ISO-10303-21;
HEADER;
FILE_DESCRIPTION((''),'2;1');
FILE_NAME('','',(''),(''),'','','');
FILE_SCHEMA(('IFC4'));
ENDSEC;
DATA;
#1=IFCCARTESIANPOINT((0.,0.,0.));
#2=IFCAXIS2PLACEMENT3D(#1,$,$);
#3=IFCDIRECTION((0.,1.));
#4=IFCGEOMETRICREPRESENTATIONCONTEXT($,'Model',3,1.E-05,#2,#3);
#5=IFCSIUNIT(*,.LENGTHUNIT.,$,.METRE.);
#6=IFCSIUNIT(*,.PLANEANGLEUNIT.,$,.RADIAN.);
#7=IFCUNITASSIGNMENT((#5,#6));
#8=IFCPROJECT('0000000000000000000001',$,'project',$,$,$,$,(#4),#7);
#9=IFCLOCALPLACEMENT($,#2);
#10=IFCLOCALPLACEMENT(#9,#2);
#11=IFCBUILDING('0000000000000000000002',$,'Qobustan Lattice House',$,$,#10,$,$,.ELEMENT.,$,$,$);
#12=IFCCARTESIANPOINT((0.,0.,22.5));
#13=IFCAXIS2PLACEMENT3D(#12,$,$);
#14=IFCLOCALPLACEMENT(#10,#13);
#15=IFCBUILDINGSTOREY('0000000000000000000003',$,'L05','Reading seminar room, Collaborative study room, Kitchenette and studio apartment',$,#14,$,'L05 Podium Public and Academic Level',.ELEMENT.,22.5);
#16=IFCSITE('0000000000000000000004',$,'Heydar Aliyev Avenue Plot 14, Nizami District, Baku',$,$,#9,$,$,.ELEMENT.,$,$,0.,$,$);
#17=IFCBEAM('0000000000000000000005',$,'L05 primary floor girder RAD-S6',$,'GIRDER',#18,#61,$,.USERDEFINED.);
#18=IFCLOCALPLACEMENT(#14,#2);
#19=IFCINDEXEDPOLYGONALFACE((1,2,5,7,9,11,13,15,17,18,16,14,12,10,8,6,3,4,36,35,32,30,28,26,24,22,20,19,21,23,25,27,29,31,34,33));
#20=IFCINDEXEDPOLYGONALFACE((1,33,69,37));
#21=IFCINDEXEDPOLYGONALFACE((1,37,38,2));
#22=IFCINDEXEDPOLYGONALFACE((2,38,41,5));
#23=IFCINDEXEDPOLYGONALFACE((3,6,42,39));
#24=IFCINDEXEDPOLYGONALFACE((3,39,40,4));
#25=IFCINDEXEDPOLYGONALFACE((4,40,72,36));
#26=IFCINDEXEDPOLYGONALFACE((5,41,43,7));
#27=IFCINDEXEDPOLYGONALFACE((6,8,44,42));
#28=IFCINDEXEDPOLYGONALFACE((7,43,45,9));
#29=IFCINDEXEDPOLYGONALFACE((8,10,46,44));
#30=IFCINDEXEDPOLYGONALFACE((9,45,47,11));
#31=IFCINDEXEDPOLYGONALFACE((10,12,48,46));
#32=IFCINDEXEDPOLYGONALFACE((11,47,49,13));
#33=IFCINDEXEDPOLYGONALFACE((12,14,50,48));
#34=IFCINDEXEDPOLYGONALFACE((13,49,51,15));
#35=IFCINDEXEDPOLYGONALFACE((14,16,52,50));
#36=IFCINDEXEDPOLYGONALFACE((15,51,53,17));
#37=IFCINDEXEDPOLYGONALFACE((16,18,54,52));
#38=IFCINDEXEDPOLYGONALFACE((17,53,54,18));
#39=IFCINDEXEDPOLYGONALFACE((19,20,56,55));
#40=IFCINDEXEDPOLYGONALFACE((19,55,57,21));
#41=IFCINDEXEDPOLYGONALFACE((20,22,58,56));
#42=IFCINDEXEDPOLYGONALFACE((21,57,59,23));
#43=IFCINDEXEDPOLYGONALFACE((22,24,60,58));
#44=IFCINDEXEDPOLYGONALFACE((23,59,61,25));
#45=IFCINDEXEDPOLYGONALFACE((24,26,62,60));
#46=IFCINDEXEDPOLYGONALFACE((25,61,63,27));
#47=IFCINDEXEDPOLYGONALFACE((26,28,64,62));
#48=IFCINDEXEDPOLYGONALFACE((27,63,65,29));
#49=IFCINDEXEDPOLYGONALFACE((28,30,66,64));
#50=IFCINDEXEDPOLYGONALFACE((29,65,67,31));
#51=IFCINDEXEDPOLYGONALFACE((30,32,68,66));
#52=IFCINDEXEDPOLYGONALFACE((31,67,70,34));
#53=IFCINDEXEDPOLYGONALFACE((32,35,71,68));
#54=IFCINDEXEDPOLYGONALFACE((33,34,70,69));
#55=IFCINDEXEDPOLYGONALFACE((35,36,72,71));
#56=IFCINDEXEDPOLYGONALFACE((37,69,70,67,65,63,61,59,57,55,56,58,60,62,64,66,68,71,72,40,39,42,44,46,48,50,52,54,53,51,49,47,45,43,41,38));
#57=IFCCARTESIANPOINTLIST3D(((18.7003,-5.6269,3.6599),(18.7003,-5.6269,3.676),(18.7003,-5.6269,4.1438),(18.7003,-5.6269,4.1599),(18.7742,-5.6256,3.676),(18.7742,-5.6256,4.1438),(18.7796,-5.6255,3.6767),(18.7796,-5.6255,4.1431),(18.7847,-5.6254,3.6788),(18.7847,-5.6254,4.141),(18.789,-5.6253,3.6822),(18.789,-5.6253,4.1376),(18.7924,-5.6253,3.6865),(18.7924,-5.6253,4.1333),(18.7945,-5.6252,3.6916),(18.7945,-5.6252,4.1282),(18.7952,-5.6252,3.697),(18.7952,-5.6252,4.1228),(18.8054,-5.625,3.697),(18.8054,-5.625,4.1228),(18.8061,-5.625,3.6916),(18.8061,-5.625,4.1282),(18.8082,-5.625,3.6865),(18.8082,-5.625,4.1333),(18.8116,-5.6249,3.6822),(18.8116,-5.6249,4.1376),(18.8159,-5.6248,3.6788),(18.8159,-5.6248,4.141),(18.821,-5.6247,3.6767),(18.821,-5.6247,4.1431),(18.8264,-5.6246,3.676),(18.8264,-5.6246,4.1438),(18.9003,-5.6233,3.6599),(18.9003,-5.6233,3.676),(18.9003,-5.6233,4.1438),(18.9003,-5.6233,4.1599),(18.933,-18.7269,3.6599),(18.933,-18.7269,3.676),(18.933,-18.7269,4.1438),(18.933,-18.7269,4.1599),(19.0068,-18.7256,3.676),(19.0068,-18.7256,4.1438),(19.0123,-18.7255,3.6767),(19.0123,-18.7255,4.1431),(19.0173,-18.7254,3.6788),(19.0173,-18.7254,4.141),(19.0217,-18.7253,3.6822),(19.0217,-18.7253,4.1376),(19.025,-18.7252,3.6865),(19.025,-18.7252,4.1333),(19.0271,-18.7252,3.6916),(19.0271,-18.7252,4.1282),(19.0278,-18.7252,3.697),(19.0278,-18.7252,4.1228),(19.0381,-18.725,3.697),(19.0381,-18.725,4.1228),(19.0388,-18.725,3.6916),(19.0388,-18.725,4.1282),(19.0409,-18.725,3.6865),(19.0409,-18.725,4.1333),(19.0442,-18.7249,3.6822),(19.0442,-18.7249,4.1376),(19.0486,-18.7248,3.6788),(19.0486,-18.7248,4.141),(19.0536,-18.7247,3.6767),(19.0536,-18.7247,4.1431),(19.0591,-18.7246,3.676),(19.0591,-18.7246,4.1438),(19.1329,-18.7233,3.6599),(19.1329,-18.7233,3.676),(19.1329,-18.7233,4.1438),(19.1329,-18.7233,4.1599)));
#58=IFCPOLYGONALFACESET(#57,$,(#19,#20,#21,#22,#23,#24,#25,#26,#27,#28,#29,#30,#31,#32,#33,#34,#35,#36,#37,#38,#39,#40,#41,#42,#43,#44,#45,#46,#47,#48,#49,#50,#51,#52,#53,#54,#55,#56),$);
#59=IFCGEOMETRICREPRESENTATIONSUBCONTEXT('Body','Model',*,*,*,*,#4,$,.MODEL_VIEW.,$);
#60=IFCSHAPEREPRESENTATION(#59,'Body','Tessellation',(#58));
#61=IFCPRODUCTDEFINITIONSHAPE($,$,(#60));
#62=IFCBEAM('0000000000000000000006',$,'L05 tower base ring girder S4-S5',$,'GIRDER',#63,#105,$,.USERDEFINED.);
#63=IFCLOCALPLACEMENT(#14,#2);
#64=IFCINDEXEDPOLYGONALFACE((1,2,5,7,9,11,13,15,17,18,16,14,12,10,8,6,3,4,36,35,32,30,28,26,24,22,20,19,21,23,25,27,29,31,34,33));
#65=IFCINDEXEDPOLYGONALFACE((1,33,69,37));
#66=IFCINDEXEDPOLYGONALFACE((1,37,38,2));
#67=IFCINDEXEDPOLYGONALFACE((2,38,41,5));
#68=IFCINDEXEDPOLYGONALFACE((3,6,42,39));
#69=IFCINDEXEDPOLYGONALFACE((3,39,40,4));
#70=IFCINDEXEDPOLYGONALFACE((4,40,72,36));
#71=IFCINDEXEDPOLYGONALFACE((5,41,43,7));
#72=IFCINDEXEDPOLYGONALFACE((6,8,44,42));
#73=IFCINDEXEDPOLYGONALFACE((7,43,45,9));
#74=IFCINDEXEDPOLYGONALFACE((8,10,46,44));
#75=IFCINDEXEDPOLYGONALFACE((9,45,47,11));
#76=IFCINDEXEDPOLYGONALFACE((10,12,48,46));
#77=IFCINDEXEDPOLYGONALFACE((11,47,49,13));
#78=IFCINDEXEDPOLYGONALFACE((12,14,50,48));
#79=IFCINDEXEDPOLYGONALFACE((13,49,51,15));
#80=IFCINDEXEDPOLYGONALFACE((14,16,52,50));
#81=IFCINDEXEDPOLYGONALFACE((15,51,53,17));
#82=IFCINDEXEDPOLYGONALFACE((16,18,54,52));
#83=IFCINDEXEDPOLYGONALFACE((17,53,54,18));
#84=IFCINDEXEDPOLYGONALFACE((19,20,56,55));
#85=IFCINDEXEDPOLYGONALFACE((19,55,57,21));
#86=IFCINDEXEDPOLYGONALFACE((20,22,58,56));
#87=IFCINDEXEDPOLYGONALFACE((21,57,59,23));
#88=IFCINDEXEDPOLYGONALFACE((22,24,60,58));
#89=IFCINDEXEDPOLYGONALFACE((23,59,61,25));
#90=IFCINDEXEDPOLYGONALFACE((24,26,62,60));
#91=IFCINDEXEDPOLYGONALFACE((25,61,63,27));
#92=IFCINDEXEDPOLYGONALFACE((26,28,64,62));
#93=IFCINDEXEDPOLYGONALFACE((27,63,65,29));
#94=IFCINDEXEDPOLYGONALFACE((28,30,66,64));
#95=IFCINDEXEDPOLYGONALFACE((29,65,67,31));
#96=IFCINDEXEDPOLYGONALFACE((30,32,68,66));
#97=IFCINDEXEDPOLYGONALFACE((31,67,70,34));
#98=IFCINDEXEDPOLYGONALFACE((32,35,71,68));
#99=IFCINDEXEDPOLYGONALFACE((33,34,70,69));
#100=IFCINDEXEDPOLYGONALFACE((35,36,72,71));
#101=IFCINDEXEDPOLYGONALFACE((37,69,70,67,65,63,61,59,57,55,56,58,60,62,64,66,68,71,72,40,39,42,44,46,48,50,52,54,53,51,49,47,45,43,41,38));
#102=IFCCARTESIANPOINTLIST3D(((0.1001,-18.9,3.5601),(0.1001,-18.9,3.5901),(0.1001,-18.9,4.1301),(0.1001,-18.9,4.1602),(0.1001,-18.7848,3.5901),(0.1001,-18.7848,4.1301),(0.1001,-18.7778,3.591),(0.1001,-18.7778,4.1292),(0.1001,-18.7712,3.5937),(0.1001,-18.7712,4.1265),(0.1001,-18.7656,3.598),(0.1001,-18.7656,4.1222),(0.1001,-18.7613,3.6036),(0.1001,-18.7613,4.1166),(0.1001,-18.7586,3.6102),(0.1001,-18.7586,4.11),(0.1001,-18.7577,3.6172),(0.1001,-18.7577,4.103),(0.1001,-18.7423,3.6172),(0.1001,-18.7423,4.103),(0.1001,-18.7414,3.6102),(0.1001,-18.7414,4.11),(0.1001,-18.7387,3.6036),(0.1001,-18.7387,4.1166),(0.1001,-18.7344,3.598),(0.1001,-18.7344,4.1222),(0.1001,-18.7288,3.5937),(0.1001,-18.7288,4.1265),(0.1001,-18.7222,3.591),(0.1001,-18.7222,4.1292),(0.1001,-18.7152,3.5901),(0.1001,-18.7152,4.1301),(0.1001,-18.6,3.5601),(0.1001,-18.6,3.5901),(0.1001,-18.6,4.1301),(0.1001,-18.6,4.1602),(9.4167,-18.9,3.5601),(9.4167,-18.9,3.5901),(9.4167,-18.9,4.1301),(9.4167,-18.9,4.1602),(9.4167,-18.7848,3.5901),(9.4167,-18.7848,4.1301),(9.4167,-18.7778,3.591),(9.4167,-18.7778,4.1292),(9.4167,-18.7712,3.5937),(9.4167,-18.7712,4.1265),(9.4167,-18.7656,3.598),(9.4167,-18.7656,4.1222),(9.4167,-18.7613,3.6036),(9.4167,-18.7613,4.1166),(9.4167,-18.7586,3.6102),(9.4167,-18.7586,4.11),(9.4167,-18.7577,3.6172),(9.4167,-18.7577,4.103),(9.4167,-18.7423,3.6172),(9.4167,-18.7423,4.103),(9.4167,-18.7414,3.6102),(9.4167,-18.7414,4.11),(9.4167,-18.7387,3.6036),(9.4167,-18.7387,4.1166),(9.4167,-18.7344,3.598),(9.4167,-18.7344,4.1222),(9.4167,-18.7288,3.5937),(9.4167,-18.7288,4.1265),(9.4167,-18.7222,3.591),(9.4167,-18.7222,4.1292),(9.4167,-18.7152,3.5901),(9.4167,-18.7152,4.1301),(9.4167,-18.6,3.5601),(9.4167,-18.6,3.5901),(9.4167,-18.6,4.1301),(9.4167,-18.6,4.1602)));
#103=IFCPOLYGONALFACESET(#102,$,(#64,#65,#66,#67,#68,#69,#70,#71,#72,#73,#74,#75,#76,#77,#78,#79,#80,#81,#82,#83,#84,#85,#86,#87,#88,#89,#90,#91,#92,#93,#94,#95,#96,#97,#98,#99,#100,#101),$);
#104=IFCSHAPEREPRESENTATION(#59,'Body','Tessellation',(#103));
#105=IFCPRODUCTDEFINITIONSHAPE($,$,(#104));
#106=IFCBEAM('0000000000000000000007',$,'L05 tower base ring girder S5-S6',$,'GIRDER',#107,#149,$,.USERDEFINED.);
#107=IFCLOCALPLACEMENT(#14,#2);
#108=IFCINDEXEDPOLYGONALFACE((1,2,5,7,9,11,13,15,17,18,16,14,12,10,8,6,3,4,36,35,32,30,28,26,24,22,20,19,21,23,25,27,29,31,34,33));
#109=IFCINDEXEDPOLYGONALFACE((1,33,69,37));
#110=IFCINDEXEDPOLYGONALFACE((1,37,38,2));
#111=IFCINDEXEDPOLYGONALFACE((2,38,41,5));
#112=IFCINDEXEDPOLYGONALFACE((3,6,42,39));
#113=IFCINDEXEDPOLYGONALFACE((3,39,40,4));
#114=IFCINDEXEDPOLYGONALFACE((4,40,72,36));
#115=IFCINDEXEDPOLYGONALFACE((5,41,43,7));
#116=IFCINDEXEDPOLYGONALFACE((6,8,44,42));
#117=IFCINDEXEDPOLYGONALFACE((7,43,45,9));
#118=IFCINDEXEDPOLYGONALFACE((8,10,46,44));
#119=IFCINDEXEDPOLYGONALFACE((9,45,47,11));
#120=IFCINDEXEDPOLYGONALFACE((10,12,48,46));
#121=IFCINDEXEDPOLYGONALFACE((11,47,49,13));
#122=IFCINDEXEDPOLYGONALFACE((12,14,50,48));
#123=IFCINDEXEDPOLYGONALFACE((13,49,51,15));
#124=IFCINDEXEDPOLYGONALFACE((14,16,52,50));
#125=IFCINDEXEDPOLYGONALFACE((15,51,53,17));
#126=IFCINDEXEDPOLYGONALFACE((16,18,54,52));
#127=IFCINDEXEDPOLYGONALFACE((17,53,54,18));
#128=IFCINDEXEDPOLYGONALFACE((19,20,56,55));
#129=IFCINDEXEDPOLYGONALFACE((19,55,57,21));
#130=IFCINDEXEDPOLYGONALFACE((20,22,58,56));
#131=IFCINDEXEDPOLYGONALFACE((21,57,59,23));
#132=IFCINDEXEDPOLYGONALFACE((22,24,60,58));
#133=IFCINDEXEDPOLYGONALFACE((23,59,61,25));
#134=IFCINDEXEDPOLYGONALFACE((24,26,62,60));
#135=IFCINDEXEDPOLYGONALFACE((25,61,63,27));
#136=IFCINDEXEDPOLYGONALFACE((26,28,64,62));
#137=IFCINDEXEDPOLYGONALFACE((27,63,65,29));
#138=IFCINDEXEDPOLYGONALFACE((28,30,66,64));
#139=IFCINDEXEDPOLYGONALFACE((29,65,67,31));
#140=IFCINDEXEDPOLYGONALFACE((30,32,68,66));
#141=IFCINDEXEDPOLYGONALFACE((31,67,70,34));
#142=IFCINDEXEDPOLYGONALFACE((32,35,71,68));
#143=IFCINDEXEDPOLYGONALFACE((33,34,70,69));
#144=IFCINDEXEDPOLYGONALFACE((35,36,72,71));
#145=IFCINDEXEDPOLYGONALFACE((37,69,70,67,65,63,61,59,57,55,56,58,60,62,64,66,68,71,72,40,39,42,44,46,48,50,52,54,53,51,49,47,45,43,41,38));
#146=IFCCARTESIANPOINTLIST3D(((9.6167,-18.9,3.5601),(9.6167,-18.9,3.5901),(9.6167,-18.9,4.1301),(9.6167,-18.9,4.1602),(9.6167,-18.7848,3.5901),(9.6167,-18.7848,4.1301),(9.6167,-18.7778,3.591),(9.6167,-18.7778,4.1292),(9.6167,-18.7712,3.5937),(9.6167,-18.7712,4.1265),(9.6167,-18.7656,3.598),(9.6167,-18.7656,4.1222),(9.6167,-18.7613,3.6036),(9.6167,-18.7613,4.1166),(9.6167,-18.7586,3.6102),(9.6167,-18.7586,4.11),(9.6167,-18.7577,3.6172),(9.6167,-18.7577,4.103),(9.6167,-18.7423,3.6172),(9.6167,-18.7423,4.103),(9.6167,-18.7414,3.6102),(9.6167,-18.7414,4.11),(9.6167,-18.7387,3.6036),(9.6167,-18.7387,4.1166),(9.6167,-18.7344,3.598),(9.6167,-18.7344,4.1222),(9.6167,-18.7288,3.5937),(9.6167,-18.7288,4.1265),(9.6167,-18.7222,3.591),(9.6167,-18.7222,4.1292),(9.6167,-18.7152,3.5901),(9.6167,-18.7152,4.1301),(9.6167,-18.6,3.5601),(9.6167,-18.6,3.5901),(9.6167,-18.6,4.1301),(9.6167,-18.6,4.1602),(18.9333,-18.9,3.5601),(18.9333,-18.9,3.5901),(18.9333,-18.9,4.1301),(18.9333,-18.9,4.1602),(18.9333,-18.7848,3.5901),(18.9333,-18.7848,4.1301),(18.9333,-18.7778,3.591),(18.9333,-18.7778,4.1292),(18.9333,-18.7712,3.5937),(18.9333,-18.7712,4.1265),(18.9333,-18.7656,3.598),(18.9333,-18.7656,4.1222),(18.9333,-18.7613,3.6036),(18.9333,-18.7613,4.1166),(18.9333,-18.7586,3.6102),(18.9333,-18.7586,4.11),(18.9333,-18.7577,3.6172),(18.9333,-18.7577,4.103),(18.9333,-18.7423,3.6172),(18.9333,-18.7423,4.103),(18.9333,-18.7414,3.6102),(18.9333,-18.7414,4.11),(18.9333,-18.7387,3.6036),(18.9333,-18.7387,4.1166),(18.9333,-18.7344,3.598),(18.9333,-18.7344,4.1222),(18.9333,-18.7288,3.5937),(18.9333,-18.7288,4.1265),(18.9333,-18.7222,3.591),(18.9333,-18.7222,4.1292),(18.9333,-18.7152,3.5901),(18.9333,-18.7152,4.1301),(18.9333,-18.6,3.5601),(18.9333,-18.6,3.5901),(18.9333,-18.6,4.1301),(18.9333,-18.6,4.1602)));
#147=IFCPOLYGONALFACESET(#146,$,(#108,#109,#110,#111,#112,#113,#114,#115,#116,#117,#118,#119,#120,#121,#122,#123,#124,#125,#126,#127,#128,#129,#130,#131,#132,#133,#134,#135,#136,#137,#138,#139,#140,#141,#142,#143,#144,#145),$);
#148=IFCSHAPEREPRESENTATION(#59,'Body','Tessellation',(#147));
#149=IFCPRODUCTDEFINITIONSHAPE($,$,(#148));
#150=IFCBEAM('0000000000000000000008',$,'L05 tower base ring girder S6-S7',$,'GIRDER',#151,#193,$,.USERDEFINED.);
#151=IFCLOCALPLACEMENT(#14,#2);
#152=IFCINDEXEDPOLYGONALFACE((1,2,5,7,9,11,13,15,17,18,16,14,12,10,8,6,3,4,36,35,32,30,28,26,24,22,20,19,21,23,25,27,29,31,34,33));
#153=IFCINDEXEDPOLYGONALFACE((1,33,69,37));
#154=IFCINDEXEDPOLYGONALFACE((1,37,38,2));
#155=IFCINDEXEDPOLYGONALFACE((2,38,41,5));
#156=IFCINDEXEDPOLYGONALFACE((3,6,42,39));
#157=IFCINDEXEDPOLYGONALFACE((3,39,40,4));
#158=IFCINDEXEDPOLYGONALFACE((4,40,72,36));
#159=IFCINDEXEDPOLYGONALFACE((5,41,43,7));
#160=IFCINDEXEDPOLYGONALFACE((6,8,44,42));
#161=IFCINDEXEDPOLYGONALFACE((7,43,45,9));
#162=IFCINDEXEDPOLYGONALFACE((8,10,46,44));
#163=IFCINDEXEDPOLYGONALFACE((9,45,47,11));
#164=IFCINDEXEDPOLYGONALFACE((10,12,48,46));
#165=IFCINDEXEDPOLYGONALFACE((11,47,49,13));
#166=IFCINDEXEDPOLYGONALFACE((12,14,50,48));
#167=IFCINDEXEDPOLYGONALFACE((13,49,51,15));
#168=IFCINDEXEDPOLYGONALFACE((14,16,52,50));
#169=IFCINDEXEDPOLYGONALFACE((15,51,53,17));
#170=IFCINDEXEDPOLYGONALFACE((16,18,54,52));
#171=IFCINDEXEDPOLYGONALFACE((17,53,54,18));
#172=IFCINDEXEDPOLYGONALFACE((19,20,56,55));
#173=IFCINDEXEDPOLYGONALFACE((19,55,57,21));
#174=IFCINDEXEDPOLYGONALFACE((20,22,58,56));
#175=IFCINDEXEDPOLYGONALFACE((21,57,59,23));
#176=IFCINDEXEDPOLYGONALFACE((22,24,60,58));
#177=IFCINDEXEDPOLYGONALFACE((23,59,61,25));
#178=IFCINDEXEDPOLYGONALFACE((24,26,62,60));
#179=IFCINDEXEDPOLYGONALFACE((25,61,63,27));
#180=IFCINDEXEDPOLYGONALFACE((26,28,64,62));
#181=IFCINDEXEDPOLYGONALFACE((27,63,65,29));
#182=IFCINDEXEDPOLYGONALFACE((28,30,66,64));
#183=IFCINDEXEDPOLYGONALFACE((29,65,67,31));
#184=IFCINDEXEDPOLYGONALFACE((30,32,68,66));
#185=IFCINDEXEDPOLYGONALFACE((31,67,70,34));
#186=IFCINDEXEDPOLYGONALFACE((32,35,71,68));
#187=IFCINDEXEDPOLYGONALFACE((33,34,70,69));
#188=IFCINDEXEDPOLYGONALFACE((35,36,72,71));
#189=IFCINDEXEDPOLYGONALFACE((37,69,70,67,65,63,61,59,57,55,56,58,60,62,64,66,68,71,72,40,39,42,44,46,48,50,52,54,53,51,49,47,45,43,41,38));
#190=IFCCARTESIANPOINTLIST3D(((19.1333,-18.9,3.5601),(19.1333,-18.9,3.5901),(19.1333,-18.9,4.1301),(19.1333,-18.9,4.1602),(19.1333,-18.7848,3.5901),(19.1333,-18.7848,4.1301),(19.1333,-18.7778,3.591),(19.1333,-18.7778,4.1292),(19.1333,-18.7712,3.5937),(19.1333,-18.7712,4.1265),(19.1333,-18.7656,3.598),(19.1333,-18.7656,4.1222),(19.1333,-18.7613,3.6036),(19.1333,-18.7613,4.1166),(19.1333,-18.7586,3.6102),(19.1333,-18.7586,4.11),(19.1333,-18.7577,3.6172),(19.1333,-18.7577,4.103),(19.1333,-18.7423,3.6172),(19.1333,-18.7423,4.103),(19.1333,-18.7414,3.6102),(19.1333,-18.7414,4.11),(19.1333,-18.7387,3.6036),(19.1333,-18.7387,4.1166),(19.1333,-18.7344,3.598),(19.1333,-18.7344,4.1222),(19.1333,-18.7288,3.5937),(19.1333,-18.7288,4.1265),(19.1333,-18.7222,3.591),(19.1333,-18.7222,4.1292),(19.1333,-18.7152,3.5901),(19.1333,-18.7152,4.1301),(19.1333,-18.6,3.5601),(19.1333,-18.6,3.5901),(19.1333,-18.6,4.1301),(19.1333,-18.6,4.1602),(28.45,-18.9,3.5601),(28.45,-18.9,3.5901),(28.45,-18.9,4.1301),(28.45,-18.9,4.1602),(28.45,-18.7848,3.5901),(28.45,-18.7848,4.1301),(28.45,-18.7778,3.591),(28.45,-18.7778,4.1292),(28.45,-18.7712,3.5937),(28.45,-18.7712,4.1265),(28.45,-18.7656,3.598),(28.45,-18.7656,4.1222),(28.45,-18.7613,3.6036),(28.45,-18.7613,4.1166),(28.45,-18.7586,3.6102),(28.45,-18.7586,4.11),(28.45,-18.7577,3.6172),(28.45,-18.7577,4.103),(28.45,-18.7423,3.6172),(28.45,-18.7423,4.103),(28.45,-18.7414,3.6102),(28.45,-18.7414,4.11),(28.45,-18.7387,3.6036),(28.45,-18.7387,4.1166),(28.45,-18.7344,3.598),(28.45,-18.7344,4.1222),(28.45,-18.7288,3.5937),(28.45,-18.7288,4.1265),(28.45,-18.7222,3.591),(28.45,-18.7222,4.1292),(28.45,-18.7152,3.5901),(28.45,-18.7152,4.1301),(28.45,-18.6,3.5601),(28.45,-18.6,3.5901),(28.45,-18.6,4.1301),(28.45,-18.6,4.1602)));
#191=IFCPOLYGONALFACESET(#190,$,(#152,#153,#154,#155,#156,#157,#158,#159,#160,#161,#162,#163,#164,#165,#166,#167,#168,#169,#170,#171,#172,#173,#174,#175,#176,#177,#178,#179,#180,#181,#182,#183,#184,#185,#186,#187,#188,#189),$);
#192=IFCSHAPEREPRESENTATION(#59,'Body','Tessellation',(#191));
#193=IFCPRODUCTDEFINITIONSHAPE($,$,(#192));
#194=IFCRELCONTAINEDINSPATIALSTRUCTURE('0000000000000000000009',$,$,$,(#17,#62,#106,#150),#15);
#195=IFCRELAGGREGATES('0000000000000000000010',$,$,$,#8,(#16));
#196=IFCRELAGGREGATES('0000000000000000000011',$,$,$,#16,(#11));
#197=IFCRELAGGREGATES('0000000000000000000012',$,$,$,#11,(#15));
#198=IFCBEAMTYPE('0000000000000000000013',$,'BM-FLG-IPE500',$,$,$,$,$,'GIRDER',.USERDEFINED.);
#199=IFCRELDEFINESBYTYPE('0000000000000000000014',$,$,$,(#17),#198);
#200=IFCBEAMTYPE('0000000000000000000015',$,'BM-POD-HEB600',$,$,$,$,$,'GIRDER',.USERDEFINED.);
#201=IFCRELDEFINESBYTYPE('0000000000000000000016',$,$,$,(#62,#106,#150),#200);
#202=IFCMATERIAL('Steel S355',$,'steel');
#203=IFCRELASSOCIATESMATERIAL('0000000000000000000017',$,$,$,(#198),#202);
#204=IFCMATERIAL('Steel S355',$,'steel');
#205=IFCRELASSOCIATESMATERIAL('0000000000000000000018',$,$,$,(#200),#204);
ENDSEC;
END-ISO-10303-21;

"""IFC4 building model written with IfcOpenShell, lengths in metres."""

from ifc_helpers import new_model, si_unit, direction, frame, origin, origin_2d, place, context, subcontext, project, spatial, i_section, extrude, material, material_profile, profile_set, type_object, element, save


model = new_model("IFC4")

# Units and contexts
model_context = context("Model", 3, precision=1e-05, world=origin(), true_north=direction((0.0, 1.0)))
body_context = subcontext(model_context, "Body", "Model", "MODEL_VIEW")
ifc_project = project(units=[si_unit("LENGTHUNIT", "METRE"), si_unit("PLANEANGLEUNIT", "RADIAN")], contexts=[model_context])

# Site, building, storey
site_placement = place(None, origin())
site = spatial("IfcSite", under=ifc_project, at=site_placement, Name="Heydar Aliyev Avenue Plot 14, Nizami District, Baku", CompositionType="ELEMENT", RefElevation=0.0)
building_placement = place(site_placement, origin())
building = spatial("IfcBuilding", under=site, at=building_placement, Name="Qobustan Lattice House", CompositionType="ELEMENT")
storey_placement = place(building_placement, frame((0.0, 0.0, 22.5)))
storey = spatial("IfcBuildingStorey", under=building, at=storey_placement, Name="L05", Description="Reading seminar room, Collaborative study room, Kitchenette and studio apartment", LongName="L05 Podium Public and Academic Level", CompositionType="ELEMENT", Elevation=22.5)

# Beams
ifc_material_1 = material(Name="Steel S355", Category="steel")
ifc_material_profile_1 = material_profile(ifc_material_1, i_section(OverallWidth=0.2, OverallDepth=0.5, WebThickness=0.0103, FlangeThickness=0.0161, FilletRadius=0.021, at=origin_2d()), Name="IPE500")
ifc_profile_set_1 = profile_set([ifc_material_profile_1], Name="Steel S355")
beam_type_1 = type_object("IfcBeamType", Name="BM-FLG-IPE500", ElementType="GIRDER", PredefinedType="USERDEFINED", material=ifc_profile_set_1)
beam_1_placement = place(storey_placement, frame((19.033, -18.7251, 3.9099), z_axis=(-0.017758, 0.999842, 0.0), x_axis=(-0.999842, -0.017758, 0.0)))
element("IfcBeam", 1, at=beam_1_placement, inside=storey, type_object=beam_type_1, Name="L05 primary floor girder RAD-S6", ObjectType="GIRDER", PredefinedType="USERDEFINED", context=body_context, shape_type="SweptSolid", body=[
    extrude(i_section(OverallWidth=0.2, OverallDepth=0.5, WebThickness=0.0103, FlangeThickness=0.0161, FilletRadius=0.021, at=origin_2d()), origin(), (0.0, 0.0, 1.0), 13.1021),
])
ifc_material_2 = material(Name="Steel S355", Category="steel")
ifc_material_profile_2 = material_profile(ifc_material_2, i_section(OverallWidth=0.3, OverallDepth=0.6001, WebThickness=0.0154, FlangeThickness=0.03, FilletRadius=0.0271, at=origin_2d()), Name="HEB600")
ifc_profile_set_2 = profile_set([ifc_material_profile_2], Name="Steel S355")
beam_type_2 = type_object("IfcBeamType", Name="BM-POD-HEB600", ElementType="GIRDER", PredefinedType="USERDEFINED", material=ifc_profile_set_2)
for number, where, z_axis, x_axis, name in (
    (2, (0.1001, -18.75, 3.8601), (1.0, 0.0, 0.0), (0.0, 1.0, 0.0), "L05 tower base ring girder S4-S5"),
    (3, (9.6167, -18.75, 3.8601), (1.0, 0.0, 0.0), (0.0, 1.0, 0.0), "L05 tower base ring girder S5-S6"),
    (4, (19.1333, -18.75, 3.8601), (1.0, 0.0, 0.0), (0.0, 1.0, 0.0), "L05 tower base ring girder S6-S7"),
):
    element("IfcBeam", number, at=place(storey_placement, frame(where, z_axis=z_axis, x_axis=x_axis)), inside=storey, type_object=beam_type_2, Name=name, ObjectType="GIRDER", PredefinedType="USERDEFINED", context=body_context, shape_type="SweptSolid", body=[
        extrude(i_section(OverallWidth=0.3, OverallDepth=0.6001, WebThickness=0.0154, FlangeThickness=0.03, FilletRadius=0.0271, at=origin_2d()), origin(), (0.0, 0.0, 1.0), 9.3167),
    ])

save(model, "model.ifc")
